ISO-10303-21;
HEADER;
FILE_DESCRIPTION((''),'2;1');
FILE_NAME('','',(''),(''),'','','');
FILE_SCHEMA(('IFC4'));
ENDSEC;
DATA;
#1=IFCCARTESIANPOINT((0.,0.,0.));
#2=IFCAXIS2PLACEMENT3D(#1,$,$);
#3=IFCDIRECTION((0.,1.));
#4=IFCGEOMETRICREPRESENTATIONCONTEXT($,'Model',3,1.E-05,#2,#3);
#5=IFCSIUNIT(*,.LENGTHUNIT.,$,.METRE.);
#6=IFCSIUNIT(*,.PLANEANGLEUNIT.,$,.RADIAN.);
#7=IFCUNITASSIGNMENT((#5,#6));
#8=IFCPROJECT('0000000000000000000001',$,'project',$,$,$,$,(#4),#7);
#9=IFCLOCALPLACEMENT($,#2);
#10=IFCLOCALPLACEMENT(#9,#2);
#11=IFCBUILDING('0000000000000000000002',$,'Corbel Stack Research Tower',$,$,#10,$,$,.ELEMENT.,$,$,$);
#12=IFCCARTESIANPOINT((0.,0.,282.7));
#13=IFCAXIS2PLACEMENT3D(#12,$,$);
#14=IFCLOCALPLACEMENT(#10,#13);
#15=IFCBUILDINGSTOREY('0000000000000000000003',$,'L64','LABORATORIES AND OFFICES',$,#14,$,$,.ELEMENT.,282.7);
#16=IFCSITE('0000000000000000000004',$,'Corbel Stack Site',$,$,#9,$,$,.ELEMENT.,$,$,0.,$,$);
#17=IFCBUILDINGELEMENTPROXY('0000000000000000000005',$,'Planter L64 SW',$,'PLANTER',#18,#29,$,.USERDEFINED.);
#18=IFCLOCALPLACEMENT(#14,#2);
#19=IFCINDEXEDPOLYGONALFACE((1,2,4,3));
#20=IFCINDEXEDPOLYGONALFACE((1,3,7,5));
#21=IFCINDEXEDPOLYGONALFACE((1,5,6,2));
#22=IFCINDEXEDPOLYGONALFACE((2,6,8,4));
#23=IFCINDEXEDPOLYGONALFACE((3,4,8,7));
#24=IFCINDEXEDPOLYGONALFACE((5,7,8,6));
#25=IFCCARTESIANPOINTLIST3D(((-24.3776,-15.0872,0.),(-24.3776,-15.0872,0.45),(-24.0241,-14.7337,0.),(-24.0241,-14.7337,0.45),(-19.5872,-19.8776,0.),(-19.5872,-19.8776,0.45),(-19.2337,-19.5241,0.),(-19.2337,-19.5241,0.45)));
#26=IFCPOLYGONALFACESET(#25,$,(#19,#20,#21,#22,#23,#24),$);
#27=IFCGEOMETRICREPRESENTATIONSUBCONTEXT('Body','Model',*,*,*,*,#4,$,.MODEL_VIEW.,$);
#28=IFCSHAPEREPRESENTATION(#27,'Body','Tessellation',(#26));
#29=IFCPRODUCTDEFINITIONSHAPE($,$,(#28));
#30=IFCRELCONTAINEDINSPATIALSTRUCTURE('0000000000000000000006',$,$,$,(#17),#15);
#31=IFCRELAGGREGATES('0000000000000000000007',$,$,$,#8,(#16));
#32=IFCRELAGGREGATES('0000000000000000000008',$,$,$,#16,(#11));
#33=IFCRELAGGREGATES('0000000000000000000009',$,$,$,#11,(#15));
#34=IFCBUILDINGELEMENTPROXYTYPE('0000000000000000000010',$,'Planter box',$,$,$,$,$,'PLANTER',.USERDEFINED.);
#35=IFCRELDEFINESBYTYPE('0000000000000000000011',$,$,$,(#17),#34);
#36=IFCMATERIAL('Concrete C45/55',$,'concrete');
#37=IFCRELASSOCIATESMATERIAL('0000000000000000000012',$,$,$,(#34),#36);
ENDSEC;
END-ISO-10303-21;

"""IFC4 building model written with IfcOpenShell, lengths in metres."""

from ifc_helpers import new_model, si_unit, direction, frame, origin, origin_2d, place, context, subcontext, project, spatial, rectangle, extrude, material, type_object, element, save


model = new_model("IFC4")

# Units and contexts
model_context = context("Model", 3, precision=1e-05, world=origin(), true_north=direction((0.0, 1.0)))
body_context = subcontext(model_context, "Body", "Model", "MODEL_VIEW")
ifc_project = project(units=[si_unit("LENGTHUNIT", "METRE"), si_unit("PLANEANGLEUNIT", "RADIAN")], contexts=[model_context])

# Site, building, storey
site_placement = place(None, origin())
site = spatial("IfcSite", under=ifc_project, at=site_placement, Name="Corbel Stack Site", CompositionType="ELEMENT", RefElevation=0.0)
building_placement = place(site_placement, origin())
building = spatial("IfcBuilding", under=site, at=building_placement, Name="Corbel Stack Research Tower", CompositionType="ELEMENT")
storey_placement = place(building_placement, frame((0.0, 0.0, 282.7)))
storey = spatial("IfcBuildingStorey", under=building, at=storey_placement, Name="L64", Description="LABORATORIES AND OFFICES", CompositionType="ELEMENT", Elevation=282.7)

# Building element proxy
ifc_material_1 = material(Name="Concrete C45/55", Category="concrete")
building_element_proxy_type = type_object("IfcBuildingElementProxyType", Name="Planter box", ElementType="PLANTER", PredefinedType="USERDEFINED", material=ifc_material_1)
proxy_placement = place(storey_placement, frame((-21.8057, -17.3057, 0.0), z_axis=(0.0, 0.0, 1.0), x_axis=(0.707107, -0.707107, 0.0)))
element("IfcBuildingElementProxy", 1, at=proxy_placement, inside=storey, type_object=building_element_proxy_type, Name="Planter L64 SW", ObjectType="PLANTER", PredefinedType="USERDEFINED", context=body_context, shape_type="SweptSolid", body=[
    extrude(rectangle(XDim=6.7747, YDim=0.5, at=origin_2d()), origin(), (0.0, 0.0, 1.0), 0.45),
])

save(model, "model.ifc")
